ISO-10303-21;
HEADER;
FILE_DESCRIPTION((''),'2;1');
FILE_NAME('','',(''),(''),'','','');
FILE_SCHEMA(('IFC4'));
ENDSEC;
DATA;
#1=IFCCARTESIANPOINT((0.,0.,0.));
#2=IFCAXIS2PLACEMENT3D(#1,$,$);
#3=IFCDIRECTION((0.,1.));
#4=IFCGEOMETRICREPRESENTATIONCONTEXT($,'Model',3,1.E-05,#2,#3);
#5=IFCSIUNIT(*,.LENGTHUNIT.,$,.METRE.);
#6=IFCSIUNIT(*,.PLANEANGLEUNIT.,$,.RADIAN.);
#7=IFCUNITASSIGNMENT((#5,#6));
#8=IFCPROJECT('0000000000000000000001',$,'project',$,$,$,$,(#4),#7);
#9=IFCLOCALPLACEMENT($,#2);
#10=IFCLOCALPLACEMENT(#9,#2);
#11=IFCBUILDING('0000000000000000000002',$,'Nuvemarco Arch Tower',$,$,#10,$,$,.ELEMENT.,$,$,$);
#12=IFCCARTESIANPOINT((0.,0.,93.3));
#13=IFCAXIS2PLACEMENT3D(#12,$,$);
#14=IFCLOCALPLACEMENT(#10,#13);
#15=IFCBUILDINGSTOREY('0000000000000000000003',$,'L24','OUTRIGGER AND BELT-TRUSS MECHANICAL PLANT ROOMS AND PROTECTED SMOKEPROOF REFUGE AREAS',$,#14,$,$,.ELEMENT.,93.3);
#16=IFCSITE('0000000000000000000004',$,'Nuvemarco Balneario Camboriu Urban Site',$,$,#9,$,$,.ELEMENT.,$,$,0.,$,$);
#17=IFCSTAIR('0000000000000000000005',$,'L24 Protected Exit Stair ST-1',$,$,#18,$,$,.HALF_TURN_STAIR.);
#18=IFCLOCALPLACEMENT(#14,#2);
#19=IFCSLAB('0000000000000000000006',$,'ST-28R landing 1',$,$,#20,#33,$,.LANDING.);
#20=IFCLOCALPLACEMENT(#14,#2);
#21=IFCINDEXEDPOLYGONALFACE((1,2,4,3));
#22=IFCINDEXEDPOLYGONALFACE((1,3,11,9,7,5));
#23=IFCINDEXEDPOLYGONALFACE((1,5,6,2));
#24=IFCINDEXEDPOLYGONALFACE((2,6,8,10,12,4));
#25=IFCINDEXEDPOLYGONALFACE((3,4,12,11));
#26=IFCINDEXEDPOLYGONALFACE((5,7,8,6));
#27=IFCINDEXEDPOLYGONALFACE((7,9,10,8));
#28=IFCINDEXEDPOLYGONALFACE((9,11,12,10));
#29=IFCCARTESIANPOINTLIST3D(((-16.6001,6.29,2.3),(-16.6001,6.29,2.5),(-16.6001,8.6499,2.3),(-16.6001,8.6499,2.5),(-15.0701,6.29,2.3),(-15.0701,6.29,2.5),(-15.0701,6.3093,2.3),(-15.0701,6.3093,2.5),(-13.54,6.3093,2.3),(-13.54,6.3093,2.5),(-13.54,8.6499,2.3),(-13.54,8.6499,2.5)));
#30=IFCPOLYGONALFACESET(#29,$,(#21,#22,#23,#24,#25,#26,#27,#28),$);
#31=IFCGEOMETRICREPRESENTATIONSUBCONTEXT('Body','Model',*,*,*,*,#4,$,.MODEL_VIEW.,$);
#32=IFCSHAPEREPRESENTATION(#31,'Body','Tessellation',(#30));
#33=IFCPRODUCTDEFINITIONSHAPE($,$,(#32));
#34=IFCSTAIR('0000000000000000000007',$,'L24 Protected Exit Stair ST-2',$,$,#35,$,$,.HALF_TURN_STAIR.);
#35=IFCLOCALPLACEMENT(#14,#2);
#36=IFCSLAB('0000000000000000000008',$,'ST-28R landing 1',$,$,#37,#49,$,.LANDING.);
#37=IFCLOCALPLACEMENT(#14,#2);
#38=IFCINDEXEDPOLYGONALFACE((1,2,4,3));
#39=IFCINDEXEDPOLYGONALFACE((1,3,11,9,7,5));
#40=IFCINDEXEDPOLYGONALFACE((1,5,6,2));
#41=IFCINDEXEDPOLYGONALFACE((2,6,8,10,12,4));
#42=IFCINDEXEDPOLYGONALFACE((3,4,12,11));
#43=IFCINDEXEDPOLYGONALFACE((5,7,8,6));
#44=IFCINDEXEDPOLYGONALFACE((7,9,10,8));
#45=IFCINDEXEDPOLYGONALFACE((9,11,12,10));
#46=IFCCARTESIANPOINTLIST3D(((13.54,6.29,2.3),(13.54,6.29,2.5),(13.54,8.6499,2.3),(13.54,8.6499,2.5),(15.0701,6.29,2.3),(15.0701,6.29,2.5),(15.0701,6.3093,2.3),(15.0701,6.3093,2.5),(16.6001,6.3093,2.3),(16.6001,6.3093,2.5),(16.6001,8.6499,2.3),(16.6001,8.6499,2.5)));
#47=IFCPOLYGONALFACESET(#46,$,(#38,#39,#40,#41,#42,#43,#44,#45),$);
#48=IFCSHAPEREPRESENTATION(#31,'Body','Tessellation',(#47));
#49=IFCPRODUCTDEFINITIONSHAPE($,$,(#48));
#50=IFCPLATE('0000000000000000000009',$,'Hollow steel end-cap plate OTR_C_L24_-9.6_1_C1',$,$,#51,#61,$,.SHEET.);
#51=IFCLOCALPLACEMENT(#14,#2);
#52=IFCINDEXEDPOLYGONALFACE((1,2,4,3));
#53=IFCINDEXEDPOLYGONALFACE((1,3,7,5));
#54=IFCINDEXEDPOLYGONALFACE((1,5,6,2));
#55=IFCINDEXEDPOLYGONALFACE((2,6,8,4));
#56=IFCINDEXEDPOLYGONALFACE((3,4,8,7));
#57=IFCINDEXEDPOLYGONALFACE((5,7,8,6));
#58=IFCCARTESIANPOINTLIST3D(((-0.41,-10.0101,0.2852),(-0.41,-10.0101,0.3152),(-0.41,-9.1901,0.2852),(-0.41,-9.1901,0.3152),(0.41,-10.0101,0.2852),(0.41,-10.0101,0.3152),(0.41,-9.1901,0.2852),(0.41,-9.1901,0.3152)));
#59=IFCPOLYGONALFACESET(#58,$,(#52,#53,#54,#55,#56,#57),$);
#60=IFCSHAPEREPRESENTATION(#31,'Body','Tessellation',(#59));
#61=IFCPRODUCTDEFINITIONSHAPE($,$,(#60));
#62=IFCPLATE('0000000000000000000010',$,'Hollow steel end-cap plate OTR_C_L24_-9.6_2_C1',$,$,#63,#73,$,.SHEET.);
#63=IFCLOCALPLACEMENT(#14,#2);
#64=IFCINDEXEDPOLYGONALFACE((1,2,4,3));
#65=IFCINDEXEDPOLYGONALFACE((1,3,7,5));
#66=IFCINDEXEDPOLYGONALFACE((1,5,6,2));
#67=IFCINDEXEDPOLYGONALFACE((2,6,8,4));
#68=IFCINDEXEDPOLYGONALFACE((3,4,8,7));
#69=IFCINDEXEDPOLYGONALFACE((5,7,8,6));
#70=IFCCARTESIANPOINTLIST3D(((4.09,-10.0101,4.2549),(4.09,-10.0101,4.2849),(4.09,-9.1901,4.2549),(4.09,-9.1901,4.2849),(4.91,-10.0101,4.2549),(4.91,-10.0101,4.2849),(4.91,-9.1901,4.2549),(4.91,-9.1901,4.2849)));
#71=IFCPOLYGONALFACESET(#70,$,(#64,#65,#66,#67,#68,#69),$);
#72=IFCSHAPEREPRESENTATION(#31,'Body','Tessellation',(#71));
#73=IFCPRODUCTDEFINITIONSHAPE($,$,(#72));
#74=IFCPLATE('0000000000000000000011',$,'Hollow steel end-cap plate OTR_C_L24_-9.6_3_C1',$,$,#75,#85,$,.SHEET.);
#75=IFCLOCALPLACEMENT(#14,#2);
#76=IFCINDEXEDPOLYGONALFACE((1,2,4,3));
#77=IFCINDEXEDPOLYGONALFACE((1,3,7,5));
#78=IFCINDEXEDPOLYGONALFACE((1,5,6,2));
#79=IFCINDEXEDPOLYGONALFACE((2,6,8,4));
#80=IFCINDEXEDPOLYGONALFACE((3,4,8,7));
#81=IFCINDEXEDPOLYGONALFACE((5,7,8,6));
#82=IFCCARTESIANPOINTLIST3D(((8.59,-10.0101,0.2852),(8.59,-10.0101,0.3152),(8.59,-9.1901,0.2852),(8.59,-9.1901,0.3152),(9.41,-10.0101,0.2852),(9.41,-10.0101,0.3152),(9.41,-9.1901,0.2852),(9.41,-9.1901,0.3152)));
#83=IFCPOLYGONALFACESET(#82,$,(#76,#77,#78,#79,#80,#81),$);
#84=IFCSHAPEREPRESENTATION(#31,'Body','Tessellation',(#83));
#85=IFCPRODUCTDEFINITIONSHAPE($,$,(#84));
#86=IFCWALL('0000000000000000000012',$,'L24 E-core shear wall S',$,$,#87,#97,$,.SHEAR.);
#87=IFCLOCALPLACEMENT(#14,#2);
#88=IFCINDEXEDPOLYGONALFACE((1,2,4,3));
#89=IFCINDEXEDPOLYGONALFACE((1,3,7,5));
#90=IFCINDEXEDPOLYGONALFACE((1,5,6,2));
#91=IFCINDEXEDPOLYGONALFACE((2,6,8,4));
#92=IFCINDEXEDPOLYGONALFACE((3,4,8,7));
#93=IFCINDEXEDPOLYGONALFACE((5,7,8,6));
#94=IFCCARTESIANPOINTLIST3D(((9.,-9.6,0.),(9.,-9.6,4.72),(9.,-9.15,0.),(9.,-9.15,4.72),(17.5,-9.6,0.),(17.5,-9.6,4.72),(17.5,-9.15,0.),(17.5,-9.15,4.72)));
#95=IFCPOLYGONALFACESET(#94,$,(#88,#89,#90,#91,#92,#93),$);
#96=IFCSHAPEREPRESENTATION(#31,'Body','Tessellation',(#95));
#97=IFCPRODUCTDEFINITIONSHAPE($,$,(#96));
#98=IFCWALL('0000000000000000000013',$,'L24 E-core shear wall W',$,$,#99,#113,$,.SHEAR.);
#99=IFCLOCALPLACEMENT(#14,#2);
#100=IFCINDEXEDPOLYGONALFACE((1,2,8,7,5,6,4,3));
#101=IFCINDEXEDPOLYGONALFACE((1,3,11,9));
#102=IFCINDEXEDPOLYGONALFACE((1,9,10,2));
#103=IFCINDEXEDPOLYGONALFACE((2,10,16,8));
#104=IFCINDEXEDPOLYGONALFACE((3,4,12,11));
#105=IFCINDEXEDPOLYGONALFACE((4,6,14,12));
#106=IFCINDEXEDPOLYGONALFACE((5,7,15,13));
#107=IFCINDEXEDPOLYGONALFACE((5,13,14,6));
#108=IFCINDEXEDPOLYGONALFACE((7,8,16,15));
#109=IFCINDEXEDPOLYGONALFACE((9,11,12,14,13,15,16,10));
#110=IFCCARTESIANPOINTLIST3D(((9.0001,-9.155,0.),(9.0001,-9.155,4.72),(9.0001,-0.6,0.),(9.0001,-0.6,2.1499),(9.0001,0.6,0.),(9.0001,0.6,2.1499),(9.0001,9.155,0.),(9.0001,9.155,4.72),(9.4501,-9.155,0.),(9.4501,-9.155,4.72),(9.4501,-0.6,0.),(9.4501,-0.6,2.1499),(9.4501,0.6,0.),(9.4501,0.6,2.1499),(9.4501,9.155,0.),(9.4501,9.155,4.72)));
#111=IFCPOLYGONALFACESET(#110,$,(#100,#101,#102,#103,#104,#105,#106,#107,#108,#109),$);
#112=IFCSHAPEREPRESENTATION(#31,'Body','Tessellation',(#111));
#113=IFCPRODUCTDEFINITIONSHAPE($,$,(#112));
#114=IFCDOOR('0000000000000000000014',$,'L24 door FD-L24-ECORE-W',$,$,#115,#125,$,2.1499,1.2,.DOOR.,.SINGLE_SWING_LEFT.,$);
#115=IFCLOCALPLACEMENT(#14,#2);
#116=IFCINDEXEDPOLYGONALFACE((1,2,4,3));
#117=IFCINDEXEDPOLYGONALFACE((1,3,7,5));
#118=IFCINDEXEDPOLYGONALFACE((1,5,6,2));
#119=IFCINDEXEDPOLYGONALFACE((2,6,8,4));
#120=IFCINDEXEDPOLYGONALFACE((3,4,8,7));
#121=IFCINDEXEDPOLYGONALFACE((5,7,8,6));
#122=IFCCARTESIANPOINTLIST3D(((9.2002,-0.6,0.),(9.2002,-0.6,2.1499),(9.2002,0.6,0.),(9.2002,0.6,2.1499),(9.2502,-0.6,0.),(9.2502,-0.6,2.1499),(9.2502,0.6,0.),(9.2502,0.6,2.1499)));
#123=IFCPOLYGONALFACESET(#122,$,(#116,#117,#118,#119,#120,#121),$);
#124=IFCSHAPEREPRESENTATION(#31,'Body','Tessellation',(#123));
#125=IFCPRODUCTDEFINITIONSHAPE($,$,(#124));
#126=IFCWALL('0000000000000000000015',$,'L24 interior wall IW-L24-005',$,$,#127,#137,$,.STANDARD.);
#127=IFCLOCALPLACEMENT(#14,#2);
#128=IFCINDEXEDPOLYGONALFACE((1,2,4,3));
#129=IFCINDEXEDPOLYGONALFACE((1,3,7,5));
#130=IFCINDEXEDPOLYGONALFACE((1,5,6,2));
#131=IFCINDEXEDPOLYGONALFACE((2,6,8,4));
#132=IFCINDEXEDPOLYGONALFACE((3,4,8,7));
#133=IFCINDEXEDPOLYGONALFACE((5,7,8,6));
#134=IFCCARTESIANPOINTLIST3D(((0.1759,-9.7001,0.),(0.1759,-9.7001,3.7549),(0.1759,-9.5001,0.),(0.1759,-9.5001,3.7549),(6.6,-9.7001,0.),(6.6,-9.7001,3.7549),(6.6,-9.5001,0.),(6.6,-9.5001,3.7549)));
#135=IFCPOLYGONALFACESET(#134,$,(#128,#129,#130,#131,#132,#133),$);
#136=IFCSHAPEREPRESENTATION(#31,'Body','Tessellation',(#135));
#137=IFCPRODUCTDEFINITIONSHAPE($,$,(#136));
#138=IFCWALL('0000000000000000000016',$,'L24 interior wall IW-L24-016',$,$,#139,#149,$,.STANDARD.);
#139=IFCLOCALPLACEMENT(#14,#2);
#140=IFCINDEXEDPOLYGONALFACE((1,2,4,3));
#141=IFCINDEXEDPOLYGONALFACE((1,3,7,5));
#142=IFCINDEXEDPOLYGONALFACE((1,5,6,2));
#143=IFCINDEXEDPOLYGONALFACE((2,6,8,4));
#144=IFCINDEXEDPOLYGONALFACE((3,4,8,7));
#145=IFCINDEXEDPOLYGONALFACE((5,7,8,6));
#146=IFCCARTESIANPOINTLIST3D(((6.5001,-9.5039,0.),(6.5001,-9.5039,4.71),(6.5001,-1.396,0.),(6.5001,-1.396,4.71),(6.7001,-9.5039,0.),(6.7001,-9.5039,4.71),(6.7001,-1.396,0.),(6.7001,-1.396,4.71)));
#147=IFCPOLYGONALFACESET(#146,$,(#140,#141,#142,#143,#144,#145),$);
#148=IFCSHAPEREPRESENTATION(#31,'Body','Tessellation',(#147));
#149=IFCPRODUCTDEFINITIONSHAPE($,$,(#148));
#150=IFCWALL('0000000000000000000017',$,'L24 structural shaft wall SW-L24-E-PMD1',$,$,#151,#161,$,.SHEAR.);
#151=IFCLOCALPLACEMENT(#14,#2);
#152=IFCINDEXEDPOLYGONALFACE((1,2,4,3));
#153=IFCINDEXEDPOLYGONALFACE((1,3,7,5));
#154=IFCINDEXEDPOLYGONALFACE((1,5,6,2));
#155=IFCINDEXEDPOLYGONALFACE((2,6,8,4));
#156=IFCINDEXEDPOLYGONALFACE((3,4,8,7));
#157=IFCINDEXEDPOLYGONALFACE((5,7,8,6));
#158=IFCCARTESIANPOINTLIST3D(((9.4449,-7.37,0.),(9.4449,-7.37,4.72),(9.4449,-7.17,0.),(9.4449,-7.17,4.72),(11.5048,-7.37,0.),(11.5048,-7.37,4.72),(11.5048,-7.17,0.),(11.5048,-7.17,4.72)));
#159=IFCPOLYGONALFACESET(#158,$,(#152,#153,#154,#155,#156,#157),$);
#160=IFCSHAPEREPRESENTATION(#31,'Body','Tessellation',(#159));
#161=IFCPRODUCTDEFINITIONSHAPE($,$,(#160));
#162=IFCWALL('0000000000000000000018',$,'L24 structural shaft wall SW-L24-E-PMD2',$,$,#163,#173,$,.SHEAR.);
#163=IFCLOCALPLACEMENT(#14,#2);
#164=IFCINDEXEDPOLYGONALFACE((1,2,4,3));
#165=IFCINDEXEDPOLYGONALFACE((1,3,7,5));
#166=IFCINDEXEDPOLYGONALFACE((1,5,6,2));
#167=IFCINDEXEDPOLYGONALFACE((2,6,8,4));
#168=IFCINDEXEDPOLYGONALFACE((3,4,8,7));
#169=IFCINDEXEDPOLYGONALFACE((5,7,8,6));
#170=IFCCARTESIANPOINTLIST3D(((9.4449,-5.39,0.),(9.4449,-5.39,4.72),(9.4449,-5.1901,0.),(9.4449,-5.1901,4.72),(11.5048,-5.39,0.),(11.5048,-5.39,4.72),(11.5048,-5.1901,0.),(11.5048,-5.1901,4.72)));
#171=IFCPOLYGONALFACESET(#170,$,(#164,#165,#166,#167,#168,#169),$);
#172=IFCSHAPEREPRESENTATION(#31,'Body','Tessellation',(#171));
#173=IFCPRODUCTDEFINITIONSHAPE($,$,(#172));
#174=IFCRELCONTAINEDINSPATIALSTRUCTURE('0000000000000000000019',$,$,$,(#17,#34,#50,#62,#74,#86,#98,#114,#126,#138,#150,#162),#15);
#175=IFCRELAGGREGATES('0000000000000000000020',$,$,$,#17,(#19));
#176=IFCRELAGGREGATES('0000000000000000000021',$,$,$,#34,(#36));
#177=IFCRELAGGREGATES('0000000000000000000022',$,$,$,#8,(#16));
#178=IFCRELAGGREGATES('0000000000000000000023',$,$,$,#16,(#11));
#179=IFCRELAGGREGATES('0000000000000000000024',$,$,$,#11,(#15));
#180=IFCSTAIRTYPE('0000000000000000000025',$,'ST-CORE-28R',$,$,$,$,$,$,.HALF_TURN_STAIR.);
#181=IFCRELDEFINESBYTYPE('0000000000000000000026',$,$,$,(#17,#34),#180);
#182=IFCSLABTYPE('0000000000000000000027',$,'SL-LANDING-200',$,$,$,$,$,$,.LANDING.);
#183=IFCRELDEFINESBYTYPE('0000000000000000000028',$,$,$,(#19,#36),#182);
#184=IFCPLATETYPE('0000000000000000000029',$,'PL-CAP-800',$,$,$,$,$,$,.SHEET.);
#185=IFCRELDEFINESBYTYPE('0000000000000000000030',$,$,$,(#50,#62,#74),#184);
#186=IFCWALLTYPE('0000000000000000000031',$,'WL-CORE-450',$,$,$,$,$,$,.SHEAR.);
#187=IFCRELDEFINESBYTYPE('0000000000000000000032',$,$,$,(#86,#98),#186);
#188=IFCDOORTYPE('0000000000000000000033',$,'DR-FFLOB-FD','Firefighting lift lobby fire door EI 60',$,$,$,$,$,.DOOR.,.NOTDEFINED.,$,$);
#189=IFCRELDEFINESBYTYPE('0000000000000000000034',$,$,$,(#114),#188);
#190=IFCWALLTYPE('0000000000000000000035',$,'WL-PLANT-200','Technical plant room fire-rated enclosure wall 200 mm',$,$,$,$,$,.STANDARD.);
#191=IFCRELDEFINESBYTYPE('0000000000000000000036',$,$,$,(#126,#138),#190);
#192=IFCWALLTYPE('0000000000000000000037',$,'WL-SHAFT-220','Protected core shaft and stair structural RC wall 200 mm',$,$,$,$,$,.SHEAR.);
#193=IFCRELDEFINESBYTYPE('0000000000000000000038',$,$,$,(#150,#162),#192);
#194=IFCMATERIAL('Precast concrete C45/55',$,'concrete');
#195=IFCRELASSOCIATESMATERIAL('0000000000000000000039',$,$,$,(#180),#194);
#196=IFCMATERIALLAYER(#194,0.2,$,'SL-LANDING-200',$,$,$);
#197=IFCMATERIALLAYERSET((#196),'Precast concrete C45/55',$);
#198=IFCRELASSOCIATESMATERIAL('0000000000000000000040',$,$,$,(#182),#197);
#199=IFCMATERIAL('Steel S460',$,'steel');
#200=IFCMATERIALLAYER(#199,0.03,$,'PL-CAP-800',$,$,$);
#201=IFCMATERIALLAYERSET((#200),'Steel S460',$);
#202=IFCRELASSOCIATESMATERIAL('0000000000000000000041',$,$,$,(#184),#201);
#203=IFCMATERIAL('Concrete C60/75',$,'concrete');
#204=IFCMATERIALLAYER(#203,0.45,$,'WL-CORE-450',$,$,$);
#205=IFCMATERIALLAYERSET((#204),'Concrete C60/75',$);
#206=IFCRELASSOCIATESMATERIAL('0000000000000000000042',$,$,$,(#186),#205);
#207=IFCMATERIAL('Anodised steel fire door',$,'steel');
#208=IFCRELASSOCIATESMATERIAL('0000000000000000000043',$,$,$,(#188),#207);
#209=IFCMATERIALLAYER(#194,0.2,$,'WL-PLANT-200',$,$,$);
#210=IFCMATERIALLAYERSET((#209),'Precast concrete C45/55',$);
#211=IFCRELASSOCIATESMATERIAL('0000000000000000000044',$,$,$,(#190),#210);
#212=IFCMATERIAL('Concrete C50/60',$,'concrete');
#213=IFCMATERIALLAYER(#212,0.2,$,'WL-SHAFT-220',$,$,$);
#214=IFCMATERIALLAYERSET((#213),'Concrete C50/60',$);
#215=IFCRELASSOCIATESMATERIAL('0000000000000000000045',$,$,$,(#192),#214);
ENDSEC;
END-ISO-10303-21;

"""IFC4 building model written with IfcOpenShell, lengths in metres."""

from ifc_helpers import new_model, si_unit, direction, frame, frame_2d, origin, origin_2d, place, context, subcontext, project, spatial, polyline, rectangle, outline, extrude, source, transform, mapped, material, layer, layer_set, type_object, type_shapes, element, fill, aggregate, save


model = new_model("IFC4")

# Units and contexts
model_context = context("Model", 3, precision=1e-05, world=origin(), true_north=direction((0.0, 1.0)))
body_context = subcontext(model_context, "Body", "Model", "MODEL_VIEW")
ifc_project = project(units=[si_unit("LENGTHUNIT", "METRE"), si_unit("PLANEANGLEUNIT", "RADIAN")], contexts=[model_context])

# Site, building, storey
site_placement = place(None, origin())
site = spatial("IfcSite", under=ifc_project, at=site_placement, Name="Nuvemarco Balneario Camboriu Urban Site", CompositionType="ELEMENT", RefElevation=0.0)
building_placement = place(site_placement, origin())
building = spatial("IfcBuilding", under=site, at=building_placement, Name="Nuvemarco Arch Tower", CompositionType="ELEMENT")
storey_placement = place(building_placement, frame((0.0, 0.0, 93.3)))
storey = spatial("IfcBuildingStorey", under=building, at=storey_placement, Name="L24", Description="OUTRIGGER AND BELT-TRUSS MECHANICAL PLANT ROOMS AND PROTECTED SMOKEPROOF REFUGE AREAS", CompositionType="ELEMENT", Elevation=93.3)

# Shared definitions
ifc_material_1 = material(Name="Concrete C60/75", Category="concrete")

# Shared definitions
ifc_material_2 = material(Name="Steel S460", Category="steel")

# Stairs, slabs
ifc_material_3 = material(Name="Precast concrete C45/55", Category="concrete")
stair_type = type_object("IfcStairType", Name="ST-CORE-28R", PredefinedType="HALF_TURN_STAIR", material=ifc_material_3)
stair_1_placement = place(storey_placement, origin())
stair_1 = element("IfcStair", 1, at=stair_1_placement, inside=storey, type_object=stair_type, Name="L24 Protected Exit Stair ST-1", PredefinedType="HALF_TURN_STAIR")
ifc_layer_1 = layer(ifc_material_3, 0.2, Name="SL-LANDING-200")
ifc_layer_set_1 = layer_set([ifc_layer_1], Name="Precast concrete C45/55")
slab_type = type_object("IfcSlabType", Name="SL-LANDING-200", PredefinedType="LANDING", material=ifc_layer_set_1)
slab_1_placement = place(storey_placement, frame((0.0, 0.0, 2.3)))
slab_1 = element("IfcSlab", 2, at=slab_1_placement, type_object=slab_type, Name="ST-28R landing 1", PredefinedType="LANDING", context=body_context, shape_type="SweptSolid", body=[
    extrude(outline(polyline([(-13.54, 6.3093), (-13.54, 8.6499), (-16.6001, 8.6499), (-16.6001, 6.29), (-15.0701, 6.29), (-15.0701, 6.3093), (-13.54, 6.3093)])), origin(), (0.0, 0.0, 1.0), 0.2),
])
aggregate(stair_1, [slab_1])
stair_2_placement = place(storey_placement, origin())
stair_2 = element("IfcStair", 3, at=stair_2_placement, inside=storey, type_object=stair_type, Name="L24 Protected Exit Stair ST-2", PredefinedType="HALF_TURN_STAIR")
slab_2_placement = place(storey_placement, frame((0.0, 0.0, 2.3)))
slab_2 = element("IfcSlab", 4, at=slab_2_placement, type_object=slab_type, Name="ST-28R landing 1", PredefinedType="LANDING", context=body_context, shape_type="SweptSolid", body=[
    extrude(outline(polyline([(16.6001, 6.3093), (16.6001, 8.6499), (13.54, 8.6499), (13.54, 6.29), (15.0701, 6.29), (15.0701, 6.3093), (16.6001, 6.3093)])), origin(), (0.0, 0.0, 1.0), 0.2),
])
aggregate(stair_2, [slab_2])

# Plates
ifc_layer_2 = layer(ifc_material_2, 0.03, Name="PL-CAP-800")
ifc_layer_set_2 = layer_set([ifc_layer_2], Name="Steel S460")
plate_type = type_object("IfcPlateType", Name="PL-CAP-800", PredefinedType="SHEET", material=ifc_layer_set_2)
shared_shape_1 = source(origin(), body_context, "Body", "SweptSolid", [
    extrude(rectangle(XDim=0.8201, YDim=0.8201, at=origin_2d()), origin(), (0.0, 0.0, 1.0), 0.03),
])
type_shapes(plate_type, [shared_shape_1])
for number, where, z_axis, x_axis, name in (
    (5, (0.0, -9.6001, 0.2852), (0.0, 0.0, 1.0), (1.0, 0.0, 0.0), "Hollow steel end-cap plate OTR_C_L24_-9.6_1_C1"),
    (6, (4.5, -9.6001, 4.2549), (0.0, 0.0, 1.0), (1.0, 0.0, 0.0), "Hollow steel end-cap plate OTR_C_L24_-9.6_2_C1"),
    (7, (9.0, -9.6001, 0.2852), (0.0, 0.0, 1.0), (1.0, 0.0, 0.0), "Hollow steel end-cap plate OTR_C_L24_-9.6_3_C1"),
):
    element("IfcPlate", number, at=place(storey_placement, frame(where, z_axis=z_axis, x_axis=x_axis)), inside=storey, type_object=plate_type, Name=name, PredefinedType="SHEET", context=body_context, shape_type="MappedRepresentation", body=[
        mapped(shared_shape_1, transform((0.0, 0.0, 0.0), scale=1.0)),
    ])

# Wall
ifc_layer_3 = layer(ifc_material_1, 0.45, Name="WL-CORE-450")
ifc_layer_set_3 = layer_set([ifc_layer_3], Name="Concrete C60/75")
wall_type_1 = type_object("IfcWallType", Name="WL-CORE-450", PredefinedType="SHEAR", material=ifc_layer_set_3)
wall_1_placement = place(storey_placement, frame((9.0, -9.375, 0.0), z_axis=(0.0, 0.0, 1.0), x_axis=(1.0, 0.0, 0.0)))
element("IfcWall", 8, at=wall_1_placement, inside=storey, type_object=wall_type_1, Name="L24 E-core shear wall S", PredefinedType="SHEAR", context=body_context, shape_type="SweptSolid", body=[
    extrude(rectangle(XDim=8.5, YDim=0.45, at=frame_2d((4.25, 0.0))), origin(), (0.0, 0.0, 1.0), 4.72),
])

# Wall, opening, door
wall_2_placement = place(storey_placement, frame((9.2251, -9.155, 0.0), z_axis=(0.0, 0.0, 1.0), x_axis=(0.0, 1.0, 0.0)))
wall_2 = element("IfcWall", 9, at=wall_2_placement, inside=storey, type_object=wall_type_1, Name="L24 E-core shear wall W", PredefinedType="SHEAR", context=body_context, shape_type="SweptSolid", body=[
    extrude(rectangle(XDim=18.3101, YDim=0.45, at=frame_2d((9.155, 0.0))), origin(), (0.0, 0.0, 1.0), 4.72),
])
opening_placement = place(wall_2_placement, frame((8.5549, 0.0, 0.0)))
opening = element("IfcOpeningElement", 10, at=opening_placement, cuts=wall_2, PredefinedType="OPENING", context=body_context, shape_type="SweptSolid", body=[
    extrude(rectangle(XDim=1.2, YDim=2.1499, at=frame_2d((0.6001, 1.075))), frame((0.0, 0.2349, 0.0), z_axis=(0.0, -1.0, 0.0), x_axis=(1.0, 0.0, 0.0)), (0.0, 0.0, 1.0), 0.47),
])
ifc_material_4 = material(Name="Anodised steel fire door", Category="steel")
door_type = type_object("IfcDoorType", Name="DR-FFLOB-FD", Description="Firefighting lift lobby fire door EI 60", OperationType="NOTDEFINED", PredefinedType="DOOR", material=ifc_material_4)
shared_shape_2 = source(origin(), body_context, "Body", "SweptSolid", [
    extrude(rectangle(XDim=1.2, YDim=2.1499, at=frame_2d((0.6001, 1.075))), frame((0.0, 0.0249, 0.0), z_axis=(0.0, -1.0, 0.0), x_axis=(1.0, 0.0, 0.0)), (0.0, 0.0, 1.0), 0.05),
])
type_shapes(door_type, [shared_shape_2])
door_placement = place(opening_placement, origin())
door = element("IfcDoor", 11, at=door_placement, inside=storey, type_object=door_type, Name="L24 door FD-L24-ECORE-W", OperationType="SINGLE_SWING_LEFT", OverallHeight=2.1499, OverallWidth=1.2, PredefinedType="DOOR", context=body_context, shape_type="MappedRepresentation", body=[
    mapped(shared_shape_2, transform((0.0, 0.0, 0.0), scale=1.0)),
])
fill(opening, door)

# Walls
ifc_layer_4 = layer(ifc_material_3, 0.2, Name="WL-PLANT-200")
ifc_layer_set_4 = layer_set([ifc_layer_4], Name="Precast concrete C45/55")
wall_type_2 = type_object("IfcWallType", Name="WL-PLANT-200", Description="Technical plant room fire-rated enclosure wall 200 mm", PredefinedType="STANDARD", material=ifc_layer_set_4)
wall_3_placement = place(storey_placement, frame((0.176, -9.6001, 0.0), z_axis=(0.0, 0.0, 1.0), x_axis=(1.0, 0.0, 0.0)))
element("IfcWall", 12, at=wall_3_placement, inside=storey, type_object=wall_type_2, Name="L24 interior wall IW-L24-005", PredefinedType="STANDARD", context=body_context, shape_type="SweptSolid", body=[
    extrude(rectangle(XDim=6.4241, YDim=0.2, at=frame_2d((3.2119, 0.0))), origin(), (0.0, 0.0, 1.0), 3.7549),
])
wall_4_placement = place(storey_placement, frame((6.6001, -9.5039, 0.0), z_axis=(0.0, 0.0, 1.0), x_axis=(0.0, 1.0, 0.0)))
element("IfcWall", 13, at=wall_4_placement, inside=storey, type_object=wall_type_2, Name="L24 interior wall IW-L24-016", PredefinedType="STANDARD", context=body_context, shape_type="SweptSolid", body=[
    extrude(rectangle(XDim=8.1079, YDim=0.2, at=frame_2d((4.054, 0.0))), origin(), (0.0, 0.0, 1.0), 4.71),
])
ifc_material_5 = material(Name="Concrete C50/60", Category="concrete")
ifc_layer_5 = layer(ifc_material_5, 0.2, Name="WL-SHAFT-220")
ifc_layer_set_5 = layer_set([ifc_layer_5], Name="Concrete C50/60")
wall_type_3 = type_object("IfcWallType", Name="WL-SHAFT-220", Description="Protected core shaft and stair structural RC wall 200 mm", PredefinedType="SHEAR", material=ifc_layer_set_5)
for number, where, z_axis, x_axis, name in (
    (14, (9.4451, -7.27, 0.0), (0.0, 0.0, 1.0), (1.0, 0.0, 0.0), "L24 structural shaft wall SW-L24-E-PMD1"),
    (15, (9.4451, -5.29, 0.0), (0.0, 0.0, 1.0), (1.0, 0.0, 0.0), "L24 structural shaft wall SW-L24-E-PMD2"),
):
    element("IfcWall", number, at=place(storey_placement, frame(where, z_axis=z_axis, x_axis=x_axis)), inside=storey, type_object=wall_type_3, Name=name, PredefinedType="SHEAR", context=body_context, shape_type="SweptSolid", body=[
        extrude(rectangle(XDim=2.0598, YDim=0.2, at=frame_2d((1.0298, 0.0))), origin(), (0.0, 0.0, 1.0), 4.72),
    ])

save(model, "model.ifc")
